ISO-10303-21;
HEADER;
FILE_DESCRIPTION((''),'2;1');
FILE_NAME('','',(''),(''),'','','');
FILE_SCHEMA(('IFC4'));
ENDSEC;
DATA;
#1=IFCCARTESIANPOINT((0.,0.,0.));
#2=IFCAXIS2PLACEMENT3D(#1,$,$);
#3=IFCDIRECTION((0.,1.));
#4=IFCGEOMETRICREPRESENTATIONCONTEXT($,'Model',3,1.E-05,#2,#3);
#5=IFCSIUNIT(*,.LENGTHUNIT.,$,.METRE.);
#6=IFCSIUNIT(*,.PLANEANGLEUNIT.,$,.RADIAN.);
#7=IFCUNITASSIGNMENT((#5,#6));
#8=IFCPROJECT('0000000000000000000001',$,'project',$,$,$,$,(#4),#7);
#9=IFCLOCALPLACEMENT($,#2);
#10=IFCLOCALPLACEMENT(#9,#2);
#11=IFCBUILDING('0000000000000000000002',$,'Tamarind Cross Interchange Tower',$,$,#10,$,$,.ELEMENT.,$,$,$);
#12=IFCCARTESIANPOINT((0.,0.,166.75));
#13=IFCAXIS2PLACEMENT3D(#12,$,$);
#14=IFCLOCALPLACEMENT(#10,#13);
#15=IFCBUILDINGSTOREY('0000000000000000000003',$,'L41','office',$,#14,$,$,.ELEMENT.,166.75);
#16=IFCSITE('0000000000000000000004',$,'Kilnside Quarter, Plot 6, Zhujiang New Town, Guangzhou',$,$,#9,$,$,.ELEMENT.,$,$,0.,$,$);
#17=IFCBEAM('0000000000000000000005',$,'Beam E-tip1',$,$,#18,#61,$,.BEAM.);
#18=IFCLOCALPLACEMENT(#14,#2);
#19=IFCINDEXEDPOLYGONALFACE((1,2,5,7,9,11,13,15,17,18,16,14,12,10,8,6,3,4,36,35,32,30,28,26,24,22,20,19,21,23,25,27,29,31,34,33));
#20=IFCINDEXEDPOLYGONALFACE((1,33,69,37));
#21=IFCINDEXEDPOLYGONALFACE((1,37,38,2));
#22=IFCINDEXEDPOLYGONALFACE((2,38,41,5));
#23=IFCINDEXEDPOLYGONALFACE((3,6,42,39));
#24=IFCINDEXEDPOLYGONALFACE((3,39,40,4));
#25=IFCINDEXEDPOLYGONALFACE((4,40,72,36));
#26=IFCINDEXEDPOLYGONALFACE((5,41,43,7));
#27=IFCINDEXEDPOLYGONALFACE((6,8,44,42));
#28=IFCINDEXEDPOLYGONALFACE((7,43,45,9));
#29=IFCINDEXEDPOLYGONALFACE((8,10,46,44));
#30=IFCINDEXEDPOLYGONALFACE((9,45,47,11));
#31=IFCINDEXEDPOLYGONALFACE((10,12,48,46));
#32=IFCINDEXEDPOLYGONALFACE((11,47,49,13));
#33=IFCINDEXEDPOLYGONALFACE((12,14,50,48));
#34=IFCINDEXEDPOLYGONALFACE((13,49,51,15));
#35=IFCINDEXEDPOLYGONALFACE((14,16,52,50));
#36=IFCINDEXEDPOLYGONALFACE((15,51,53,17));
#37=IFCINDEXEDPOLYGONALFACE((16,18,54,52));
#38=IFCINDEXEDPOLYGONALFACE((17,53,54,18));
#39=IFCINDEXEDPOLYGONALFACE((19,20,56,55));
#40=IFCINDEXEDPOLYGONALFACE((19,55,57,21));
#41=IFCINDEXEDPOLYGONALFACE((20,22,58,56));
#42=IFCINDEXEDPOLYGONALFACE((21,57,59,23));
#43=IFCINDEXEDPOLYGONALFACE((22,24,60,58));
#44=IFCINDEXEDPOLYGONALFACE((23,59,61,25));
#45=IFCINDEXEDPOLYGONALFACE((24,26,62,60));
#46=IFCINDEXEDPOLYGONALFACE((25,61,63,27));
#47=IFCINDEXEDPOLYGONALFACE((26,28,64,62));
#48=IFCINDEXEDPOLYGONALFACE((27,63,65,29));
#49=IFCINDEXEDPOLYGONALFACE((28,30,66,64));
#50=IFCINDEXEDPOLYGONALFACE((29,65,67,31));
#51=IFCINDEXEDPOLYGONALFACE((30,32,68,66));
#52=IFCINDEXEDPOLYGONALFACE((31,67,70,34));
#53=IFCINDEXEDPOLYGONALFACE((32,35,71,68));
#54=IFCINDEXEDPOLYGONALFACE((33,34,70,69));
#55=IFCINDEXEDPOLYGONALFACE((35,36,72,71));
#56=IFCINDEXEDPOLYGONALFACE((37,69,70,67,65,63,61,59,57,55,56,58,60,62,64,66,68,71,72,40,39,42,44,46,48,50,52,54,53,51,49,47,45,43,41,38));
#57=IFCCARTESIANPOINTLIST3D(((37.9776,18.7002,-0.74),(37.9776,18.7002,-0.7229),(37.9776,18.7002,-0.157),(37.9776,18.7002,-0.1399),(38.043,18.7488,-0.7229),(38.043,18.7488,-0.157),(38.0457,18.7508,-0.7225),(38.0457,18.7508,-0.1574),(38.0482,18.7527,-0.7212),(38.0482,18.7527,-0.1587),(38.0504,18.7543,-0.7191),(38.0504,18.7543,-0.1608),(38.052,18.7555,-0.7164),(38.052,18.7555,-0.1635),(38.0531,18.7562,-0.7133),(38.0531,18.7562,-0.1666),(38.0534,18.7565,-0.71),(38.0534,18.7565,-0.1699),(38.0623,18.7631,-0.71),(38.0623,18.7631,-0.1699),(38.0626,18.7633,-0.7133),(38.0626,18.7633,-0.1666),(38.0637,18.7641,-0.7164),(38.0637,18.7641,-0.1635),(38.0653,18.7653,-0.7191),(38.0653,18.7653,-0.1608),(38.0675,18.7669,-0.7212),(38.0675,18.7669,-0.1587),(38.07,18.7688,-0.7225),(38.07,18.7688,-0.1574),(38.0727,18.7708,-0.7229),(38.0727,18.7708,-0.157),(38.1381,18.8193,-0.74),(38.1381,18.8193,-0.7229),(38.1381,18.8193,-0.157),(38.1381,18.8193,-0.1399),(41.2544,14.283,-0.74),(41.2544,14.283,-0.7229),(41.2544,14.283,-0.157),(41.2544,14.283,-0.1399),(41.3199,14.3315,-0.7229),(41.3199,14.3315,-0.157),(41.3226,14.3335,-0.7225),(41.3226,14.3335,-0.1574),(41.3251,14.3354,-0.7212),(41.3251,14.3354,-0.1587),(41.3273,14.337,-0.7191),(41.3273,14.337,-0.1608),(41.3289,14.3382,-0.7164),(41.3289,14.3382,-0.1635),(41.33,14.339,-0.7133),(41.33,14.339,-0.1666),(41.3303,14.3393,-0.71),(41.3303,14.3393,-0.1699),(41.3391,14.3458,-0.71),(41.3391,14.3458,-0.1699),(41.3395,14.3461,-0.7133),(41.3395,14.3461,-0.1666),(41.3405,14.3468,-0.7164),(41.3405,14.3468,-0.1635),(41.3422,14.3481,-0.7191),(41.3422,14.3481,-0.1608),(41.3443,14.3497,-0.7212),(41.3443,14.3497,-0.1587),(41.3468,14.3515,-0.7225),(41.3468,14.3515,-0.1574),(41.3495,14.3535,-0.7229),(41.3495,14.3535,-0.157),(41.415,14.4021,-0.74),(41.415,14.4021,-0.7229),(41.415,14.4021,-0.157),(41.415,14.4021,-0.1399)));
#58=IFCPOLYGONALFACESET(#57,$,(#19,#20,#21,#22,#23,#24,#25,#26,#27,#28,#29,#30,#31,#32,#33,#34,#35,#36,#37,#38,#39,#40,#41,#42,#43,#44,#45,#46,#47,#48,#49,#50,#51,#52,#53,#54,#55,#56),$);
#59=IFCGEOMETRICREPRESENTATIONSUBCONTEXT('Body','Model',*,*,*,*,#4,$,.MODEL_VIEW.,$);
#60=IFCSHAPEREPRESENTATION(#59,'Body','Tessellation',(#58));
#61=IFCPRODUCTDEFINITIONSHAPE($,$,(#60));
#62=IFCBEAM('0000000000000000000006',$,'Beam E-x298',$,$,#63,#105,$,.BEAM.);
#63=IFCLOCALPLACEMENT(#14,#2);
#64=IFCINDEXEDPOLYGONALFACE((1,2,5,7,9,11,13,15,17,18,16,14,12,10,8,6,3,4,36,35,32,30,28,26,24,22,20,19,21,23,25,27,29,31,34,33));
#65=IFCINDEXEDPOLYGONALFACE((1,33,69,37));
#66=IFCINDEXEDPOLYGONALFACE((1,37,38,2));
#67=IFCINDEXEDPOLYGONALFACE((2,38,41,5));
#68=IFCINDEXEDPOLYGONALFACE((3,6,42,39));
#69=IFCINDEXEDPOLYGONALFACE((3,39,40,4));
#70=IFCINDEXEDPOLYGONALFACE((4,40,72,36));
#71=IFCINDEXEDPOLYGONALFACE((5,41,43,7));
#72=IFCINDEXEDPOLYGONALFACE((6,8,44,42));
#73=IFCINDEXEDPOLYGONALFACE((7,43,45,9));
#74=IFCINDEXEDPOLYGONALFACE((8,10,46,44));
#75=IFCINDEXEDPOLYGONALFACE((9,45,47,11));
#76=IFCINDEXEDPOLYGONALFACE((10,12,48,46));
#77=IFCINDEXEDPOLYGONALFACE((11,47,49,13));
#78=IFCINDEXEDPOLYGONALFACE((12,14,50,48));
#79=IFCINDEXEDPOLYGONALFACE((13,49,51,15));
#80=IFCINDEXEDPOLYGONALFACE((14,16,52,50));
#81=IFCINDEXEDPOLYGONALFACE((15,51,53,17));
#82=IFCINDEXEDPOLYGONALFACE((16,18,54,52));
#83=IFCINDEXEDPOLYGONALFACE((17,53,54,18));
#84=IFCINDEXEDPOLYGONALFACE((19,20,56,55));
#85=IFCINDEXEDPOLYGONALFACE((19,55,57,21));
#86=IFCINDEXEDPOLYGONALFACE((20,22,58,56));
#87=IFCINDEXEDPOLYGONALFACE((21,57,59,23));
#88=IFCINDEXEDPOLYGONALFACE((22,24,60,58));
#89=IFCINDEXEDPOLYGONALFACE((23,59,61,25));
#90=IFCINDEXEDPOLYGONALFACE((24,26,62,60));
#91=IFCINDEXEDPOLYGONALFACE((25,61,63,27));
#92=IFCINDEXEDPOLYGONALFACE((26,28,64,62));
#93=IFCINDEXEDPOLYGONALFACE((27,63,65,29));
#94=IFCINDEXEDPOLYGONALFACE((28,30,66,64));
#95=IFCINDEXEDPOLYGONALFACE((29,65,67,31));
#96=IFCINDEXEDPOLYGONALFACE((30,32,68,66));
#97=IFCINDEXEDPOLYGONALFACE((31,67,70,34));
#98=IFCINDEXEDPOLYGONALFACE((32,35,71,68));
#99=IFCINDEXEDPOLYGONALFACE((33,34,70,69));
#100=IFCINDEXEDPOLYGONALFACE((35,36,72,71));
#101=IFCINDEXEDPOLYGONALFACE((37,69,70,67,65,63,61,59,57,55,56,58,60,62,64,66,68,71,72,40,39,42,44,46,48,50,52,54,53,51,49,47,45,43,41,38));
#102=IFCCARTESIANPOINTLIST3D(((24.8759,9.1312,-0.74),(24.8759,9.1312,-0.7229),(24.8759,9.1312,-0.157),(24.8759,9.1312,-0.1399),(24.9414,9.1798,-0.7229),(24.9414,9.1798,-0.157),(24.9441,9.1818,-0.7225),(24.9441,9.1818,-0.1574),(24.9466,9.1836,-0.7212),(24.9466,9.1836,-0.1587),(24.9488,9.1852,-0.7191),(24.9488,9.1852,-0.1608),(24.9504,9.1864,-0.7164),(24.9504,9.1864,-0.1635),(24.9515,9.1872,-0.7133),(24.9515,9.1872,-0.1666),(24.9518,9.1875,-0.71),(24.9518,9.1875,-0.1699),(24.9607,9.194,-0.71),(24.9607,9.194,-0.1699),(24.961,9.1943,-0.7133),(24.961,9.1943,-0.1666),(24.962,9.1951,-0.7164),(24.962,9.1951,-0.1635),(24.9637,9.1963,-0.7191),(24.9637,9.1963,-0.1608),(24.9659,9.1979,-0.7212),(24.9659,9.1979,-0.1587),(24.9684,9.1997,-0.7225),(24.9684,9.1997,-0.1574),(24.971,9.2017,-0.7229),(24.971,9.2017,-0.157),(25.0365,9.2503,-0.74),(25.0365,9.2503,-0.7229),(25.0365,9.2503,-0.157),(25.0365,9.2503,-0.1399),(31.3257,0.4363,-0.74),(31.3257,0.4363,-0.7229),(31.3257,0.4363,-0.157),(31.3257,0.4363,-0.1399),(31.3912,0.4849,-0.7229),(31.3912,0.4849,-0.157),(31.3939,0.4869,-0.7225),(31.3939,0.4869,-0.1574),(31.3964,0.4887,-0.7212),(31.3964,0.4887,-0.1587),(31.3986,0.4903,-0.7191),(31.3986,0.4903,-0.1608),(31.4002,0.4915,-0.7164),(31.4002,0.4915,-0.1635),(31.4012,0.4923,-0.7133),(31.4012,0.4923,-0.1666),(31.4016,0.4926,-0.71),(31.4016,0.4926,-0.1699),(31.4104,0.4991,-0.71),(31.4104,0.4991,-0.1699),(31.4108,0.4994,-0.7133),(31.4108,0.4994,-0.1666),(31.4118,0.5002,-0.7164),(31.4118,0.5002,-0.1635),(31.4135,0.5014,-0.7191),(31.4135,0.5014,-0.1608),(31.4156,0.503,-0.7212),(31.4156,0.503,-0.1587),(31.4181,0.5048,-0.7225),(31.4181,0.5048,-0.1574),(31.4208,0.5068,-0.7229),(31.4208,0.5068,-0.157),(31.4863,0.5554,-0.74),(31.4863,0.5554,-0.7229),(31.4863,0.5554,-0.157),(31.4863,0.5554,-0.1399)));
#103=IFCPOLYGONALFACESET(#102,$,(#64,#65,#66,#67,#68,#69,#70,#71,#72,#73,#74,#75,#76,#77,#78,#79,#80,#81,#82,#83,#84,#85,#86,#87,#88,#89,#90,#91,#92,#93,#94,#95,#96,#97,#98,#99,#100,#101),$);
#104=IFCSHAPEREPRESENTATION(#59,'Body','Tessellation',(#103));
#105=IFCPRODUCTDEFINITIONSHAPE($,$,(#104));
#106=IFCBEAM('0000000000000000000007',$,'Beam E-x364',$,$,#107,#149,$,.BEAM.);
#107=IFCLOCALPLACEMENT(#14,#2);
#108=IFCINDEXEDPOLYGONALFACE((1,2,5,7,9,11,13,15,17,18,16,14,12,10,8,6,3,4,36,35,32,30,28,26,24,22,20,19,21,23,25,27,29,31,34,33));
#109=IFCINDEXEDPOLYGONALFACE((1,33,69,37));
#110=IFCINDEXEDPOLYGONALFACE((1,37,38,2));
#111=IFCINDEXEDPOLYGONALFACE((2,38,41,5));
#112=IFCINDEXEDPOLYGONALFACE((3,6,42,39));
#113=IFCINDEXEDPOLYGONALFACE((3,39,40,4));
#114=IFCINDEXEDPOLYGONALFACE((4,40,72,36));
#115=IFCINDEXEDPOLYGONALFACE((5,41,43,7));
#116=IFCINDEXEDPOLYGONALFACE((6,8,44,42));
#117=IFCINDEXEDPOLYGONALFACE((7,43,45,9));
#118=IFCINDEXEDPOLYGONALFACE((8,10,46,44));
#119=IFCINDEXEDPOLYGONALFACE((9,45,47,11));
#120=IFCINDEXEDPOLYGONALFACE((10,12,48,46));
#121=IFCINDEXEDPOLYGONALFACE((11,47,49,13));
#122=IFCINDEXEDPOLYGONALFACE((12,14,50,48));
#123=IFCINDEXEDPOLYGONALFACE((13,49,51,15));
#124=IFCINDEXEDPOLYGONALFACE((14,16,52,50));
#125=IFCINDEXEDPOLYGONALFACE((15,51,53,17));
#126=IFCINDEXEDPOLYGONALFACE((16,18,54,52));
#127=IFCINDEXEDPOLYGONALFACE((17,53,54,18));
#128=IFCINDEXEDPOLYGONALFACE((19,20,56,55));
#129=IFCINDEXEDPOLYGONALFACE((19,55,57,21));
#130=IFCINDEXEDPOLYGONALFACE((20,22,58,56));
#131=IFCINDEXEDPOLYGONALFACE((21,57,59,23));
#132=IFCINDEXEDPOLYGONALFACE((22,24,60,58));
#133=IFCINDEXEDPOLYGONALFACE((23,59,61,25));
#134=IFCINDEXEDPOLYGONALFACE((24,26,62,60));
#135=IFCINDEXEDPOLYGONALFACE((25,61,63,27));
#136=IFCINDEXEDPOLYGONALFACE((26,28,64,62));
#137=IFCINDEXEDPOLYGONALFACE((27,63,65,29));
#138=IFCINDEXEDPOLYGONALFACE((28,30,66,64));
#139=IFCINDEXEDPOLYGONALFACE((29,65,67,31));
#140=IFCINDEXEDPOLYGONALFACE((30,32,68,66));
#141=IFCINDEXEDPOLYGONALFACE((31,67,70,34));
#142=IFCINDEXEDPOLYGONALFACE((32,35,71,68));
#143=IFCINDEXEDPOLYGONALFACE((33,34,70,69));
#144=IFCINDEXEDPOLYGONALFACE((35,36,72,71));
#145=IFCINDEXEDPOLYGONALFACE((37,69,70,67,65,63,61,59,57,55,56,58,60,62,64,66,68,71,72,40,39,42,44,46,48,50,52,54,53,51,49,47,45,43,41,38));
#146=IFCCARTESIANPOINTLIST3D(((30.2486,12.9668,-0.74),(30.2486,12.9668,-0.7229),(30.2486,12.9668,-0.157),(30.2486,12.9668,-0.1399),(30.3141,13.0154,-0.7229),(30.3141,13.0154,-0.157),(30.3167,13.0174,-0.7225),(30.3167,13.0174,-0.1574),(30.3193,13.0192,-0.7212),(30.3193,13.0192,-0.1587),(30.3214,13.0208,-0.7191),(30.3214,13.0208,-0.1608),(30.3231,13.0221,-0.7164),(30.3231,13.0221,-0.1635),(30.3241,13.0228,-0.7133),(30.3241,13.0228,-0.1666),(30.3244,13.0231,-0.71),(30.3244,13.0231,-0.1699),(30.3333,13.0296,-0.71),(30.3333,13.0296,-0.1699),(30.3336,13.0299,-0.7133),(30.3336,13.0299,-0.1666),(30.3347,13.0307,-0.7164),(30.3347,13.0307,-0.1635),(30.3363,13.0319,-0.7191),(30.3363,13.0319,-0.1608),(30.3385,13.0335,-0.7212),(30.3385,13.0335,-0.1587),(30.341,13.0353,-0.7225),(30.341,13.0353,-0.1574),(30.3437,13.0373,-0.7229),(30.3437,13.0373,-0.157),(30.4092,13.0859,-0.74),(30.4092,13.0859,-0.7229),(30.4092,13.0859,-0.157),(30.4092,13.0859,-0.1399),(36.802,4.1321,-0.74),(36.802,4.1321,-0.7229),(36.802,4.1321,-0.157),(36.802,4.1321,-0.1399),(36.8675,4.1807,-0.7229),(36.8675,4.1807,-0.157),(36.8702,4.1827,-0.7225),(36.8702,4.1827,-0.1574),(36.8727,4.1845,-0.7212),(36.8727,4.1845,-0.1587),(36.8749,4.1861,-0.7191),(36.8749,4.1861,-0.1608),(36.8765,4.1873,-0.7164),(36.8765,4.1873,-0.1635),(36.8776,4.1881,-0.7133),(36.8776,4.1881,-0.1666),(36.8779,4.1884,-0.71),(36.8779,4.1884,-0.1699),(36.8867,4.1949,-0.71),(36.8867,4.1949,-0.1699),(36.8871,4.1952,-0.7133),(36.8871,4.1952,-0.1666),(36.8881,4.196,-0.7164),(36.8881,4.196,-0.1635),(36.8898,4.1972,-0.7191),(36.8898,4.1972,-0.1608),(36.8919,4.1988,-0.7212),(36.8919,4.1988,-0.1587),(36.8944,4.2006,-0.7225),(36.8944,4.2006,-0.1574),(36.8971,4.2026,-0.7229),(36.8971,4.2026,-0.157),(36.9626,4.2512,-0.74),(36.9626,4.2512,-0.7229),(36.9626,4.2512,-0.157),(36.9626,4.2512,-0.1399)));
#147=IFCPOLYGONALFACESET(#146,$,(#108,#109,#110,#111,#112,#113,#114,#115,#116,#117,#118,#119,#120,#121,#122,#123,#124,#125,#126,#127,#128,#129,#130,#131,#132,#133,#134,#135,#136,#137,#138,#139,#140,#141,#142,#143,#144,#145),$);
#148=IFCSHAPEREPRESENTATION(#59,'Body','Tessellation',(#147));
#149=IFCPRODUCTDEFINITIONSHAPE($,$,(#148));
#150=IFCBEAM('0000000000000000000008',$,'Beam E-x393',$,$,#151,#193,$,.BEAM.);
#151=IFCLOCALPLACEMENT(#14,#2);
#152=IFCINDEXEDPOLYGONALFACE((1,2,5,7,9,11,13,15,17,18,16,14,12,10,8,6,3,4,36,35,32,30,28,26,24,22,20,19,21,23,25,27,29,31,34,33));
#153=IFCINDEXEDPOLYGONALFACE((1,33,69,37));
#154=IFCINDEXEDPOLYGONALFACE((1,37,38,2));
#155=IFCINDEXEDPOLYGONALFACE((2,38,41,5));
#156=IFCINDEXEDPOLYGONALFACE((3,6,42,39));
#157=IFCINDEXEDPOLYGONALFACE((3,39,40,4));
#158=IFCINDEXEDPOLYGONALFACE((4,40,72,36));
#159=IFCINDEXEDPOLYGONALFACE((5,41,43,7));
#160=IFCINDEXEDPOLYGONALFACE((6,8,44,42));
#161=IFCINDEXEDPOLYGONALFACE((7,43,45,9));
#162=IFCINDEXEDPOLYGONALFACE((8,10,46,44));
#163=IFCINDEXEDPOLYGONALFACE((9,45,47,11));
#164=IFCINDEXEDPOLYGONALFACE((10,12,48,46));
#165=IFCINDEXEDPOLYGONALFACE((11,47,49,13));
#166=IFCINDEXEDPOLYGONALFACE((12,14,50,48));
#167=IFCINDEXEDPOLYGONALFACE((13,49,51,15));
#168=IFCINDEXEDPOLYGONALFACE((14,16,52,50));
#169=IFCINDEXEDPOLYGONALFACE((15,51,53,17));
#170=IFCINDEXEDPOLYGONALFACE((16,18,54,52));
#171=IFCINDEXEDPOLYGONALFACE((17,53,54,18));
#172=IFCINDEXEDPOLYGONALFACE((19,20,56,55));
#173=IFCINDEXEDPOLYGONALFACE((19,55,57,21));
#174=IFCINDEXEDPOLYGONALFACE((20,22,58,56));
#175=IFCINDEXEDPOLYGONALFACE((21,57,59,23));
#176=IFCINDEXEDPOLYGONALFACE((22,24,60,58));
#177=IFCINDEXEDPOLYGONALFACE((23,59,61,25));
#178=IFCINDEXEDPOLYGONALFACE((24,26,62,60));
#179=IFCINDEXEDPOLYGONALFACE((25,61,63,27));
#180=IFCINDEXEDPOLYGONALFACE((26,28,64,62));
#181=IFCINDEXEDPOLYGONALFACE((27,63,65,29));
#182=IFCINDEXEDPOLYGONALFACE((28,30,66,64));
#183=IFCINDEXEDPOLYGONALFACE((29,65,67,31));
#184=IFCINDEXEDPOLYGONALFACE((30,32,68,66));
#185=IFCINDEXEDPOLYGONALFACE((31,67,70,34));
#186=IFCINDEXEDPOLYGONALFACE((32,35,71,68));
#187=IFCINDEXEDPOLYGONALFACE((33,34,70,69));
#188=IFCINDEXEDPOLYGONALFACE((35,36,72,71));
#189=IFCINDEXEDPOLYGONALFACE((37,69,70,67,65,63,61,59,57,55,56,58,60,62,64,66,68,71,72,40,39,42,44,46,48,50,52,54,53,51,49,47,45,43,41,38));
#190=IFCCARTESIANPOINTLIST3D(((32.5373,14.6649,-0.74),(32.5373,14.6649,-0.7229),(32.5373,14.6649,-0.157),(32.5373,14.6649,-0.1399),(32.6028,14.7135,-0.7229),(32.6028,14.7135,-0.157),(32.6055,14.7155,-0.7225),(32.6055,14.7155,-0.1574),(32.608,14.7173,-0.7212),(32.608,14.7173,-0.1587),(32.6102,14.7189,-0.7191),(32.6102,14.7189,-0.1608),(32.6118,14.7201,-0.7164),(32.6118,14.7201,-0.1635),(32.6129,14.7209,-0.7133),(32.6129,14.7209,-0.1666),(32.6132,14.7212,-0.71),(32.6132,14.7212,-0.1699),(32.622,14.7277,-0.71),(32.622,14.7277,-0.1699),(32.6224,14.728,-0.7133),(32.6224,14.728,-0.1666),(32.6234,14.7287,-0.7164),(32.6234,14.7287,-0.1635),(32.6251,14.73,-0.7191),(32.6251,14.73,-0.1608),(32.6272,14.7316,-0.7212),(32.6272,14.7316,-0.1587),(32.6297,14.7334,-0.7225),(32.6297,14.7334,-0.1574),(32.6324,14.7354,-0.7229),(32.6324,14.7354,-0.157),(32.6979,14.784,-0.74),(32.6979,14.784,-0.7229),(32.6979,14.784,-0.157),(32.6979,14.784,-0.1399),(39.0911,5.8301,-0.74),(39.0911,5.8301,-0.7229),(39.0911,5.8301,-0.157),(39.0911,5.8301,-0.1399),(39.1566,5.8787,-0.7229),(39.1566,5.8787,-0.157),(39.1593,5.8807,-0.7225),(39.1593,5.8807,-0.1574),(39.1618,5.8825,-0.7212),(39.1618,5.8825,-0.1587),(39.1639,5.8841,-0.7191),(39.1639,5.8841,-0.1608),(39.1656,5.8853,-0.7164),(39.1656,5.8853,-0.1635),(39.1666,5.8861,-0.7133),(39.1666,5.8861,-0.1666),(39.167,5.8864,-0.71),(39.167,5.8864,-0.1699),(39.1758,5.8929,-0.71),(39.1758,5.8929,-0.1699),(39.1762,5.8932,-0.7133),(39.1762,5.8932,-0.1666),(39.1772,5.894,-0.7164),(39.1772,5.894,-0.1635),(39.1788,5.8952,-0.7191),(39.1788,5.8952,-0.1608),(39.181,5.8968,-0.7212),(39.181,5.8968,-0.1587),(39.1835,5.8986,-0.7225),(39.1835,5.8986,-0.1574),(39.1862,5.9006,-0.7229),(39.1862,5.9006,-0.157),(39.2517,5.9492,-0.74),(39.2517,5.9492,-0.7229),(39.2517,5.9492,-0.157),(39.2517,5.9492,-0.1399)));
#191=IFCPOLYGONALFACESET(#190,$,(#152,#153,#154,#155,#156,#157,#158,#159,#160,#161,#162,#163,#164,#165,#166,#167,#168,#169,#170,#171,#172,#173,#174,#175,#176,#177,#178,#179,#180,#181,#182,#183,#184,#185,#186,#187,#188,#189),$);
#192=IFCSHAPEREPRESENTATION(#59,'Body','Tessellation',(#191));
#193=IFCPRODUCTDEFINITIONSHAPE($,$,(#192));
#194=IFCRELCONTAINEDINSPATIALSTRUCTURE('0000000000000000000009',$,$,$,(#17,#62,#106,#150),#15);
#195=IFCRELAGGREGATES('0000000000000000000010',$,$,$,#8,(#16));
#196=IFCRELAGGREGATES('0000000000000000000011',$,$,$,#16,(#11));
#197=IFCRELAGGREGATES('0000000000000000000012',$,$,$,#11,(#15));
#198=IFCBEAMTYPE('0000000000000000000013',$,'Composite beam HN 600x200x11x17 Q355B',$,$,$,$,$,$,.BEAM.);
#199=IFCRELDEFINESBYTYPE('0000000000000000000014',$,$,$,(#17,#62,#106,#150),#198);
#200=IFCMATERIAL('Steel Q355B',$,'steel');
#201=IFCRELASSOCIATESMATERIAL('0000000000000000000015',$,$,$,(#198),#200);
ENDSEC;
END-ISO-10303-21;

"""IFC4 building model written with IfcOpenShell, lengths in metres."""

from ifc_helpers import new_model, si_unit, direction, frame, origin, origin_2d, place, context, subcontext, project, spatial, i_section, extrude, material, material_profile, profile_set, type_object, element, save


model = new_model("IFC4")

# Units and contexts
model_context = context("Model", 3, precision=1e-05, world=origin(), true_north=direction((0.0, 1.0)))
body_context = subcontext(model_context, "Body", "Model", "MODEL_VIEW")
ifc_project = project(units=[si_unit("LENGTHUNIT", "METRE"), si_unit("PLANEANGLEUNIT", "RADIAN")], contexts=[model_context])

# Site, building, storey
site_placement = place(None, origin())
site = spatial("IfcSite", under=ifc_project, at=site_placement, Name="Kilnside Quarter, Plot 6, Zhujiang New Town, Guangzhou", CompositionType="ELEMENT", RefElevation=0.0)
building_placement = place(site_placement, origin())
building = spatial("IfcBuilding", under=site, at=building_placement, Name="Tamarind Cross Interchange Tower", CompositionType="ELEMENT")
storey_placement = place(building_placement, frame((0.0, 0.0, 166.75)))
storey = spatial("IfcBuildingStorey", under=building, at=storey_placement, Name="L41", Description="office", CompositionType="ELEMENT", Elevation=166.75)

# Beams
ifc_material_1 = material(Name="Steel Q355B", Category="steel")
ifc_material_profile_1 = material_profile(ifc_material_1, i_section(OverallWidth=0.2, OverallDepth=0.6001, WebThickness=0.011, FlangeThickness=0.0171, FilletRadius=0.0129, at=origin_2d()), Name="HN 600x200x11x17")
ifc_profile_set_1 = profile_set([ifc_material_profile_1], Name="Steel Q355B")
beam_type_1 = type_object("IfcBeamType", Name="Composite beam HN 600x200x11x17 Q355B", PredefinedType="BEAM", material=ifc_profile_set_1)
for number, where, z_axis, x_axis, name in (
    (1, (41.3347, 14.3425, -0.4399), (-0.595794, 0.803137, 0.0), (-0.803137, -0.595794, 0.0), "Beam E-tip1"),
):
    element("IfcBeam", number, at=place(storey_placement, frame(where, z_axis=z_axis, x_axis=x_axis)), inside=storey, type_object=beam_type_1, Name=name, PredefinedType="BEAM", context=body_context, shape_type="SweptSolid", body=[
        extrude(i_section(OverallWidth=0.2, OverallDepth=0.6001, WebThickness=0.011, FlangeThickness=0.0171, FilletRadius=0.0129, at=origin_2d()), origin(), (0.0, 0.0, 1.0), 5.5),
    ])
beam_1_placement = place(storey_placement, frame((31.406, 0.4958, -0.4399), z_axis=(-0.59577, 0.803155, 0.0), x_axis=(-0.803155, -0.59577, 0.0)))
element("IfcBeam", 2, at=beam_1_placement, inside=storey, type_object=beam_type_1, Name="Beam E-x298", PredefinedType="BEAM", context=body_context, shape_type="SweptSolid", body=[
    extrude(i_section(OverallWidth=0.2, OverallDepth=0.6001, WebThickness=0.011, FlangeThickness=0.0171, FilletRadius=0.0129, at=origin_2d()), origin(), (0.0, 0.0, 1.0), 10.8259),
])
beam_2_placement = place(storey_placement, frame((36.8823, 4.1917, -0.4399), z_axis=(-0.595769, 0.803156, 0.0), x_axis=(-0.803156, -0.595769, 0.0)))
element("IfcBeam", 3, at=beam_2_placement, inside=storey, type_object=beam_type_1, Name="Beam E-x364", PredefinedType="BEAM", context=body_context, shape_type="SweptSolid", body=[
    extrude(i_section(OverallWidth=0.2, OverallDepth=0.6001, WebThickness=0.011, FlangeThickness=0.0171, FilletRadius=0.0129, at=origin_2d()), origin(), (0.0, 0.0, 1.0), 11.0),
])
beam_3_placement = place(storey_placement, frame((39.1714, 5.8896, -0.4399), z_axis=(-0.595784, 0.803145, 0.0), x_axis=(-0.803145, -0.595784, 0.0)))
element("IfcBeam", 4, at=beam_3_placement, inside=storey, type_object=beam_type_1, Name="Beam E-x393", PredefinedType="BEAM", context=body_context, shape_type="SweptSolid", body=[
    extrude(i_section(OverallWidth=0.2, OverallDepth=0.6001, WebThickness=0.011, FlangeThickness=0.0171, FilletRadius=0.0129, at=origin_2d()), origin(), (0.0, 0.0, 1.0), 11.0002),
])

save(model, "model.ifc")
